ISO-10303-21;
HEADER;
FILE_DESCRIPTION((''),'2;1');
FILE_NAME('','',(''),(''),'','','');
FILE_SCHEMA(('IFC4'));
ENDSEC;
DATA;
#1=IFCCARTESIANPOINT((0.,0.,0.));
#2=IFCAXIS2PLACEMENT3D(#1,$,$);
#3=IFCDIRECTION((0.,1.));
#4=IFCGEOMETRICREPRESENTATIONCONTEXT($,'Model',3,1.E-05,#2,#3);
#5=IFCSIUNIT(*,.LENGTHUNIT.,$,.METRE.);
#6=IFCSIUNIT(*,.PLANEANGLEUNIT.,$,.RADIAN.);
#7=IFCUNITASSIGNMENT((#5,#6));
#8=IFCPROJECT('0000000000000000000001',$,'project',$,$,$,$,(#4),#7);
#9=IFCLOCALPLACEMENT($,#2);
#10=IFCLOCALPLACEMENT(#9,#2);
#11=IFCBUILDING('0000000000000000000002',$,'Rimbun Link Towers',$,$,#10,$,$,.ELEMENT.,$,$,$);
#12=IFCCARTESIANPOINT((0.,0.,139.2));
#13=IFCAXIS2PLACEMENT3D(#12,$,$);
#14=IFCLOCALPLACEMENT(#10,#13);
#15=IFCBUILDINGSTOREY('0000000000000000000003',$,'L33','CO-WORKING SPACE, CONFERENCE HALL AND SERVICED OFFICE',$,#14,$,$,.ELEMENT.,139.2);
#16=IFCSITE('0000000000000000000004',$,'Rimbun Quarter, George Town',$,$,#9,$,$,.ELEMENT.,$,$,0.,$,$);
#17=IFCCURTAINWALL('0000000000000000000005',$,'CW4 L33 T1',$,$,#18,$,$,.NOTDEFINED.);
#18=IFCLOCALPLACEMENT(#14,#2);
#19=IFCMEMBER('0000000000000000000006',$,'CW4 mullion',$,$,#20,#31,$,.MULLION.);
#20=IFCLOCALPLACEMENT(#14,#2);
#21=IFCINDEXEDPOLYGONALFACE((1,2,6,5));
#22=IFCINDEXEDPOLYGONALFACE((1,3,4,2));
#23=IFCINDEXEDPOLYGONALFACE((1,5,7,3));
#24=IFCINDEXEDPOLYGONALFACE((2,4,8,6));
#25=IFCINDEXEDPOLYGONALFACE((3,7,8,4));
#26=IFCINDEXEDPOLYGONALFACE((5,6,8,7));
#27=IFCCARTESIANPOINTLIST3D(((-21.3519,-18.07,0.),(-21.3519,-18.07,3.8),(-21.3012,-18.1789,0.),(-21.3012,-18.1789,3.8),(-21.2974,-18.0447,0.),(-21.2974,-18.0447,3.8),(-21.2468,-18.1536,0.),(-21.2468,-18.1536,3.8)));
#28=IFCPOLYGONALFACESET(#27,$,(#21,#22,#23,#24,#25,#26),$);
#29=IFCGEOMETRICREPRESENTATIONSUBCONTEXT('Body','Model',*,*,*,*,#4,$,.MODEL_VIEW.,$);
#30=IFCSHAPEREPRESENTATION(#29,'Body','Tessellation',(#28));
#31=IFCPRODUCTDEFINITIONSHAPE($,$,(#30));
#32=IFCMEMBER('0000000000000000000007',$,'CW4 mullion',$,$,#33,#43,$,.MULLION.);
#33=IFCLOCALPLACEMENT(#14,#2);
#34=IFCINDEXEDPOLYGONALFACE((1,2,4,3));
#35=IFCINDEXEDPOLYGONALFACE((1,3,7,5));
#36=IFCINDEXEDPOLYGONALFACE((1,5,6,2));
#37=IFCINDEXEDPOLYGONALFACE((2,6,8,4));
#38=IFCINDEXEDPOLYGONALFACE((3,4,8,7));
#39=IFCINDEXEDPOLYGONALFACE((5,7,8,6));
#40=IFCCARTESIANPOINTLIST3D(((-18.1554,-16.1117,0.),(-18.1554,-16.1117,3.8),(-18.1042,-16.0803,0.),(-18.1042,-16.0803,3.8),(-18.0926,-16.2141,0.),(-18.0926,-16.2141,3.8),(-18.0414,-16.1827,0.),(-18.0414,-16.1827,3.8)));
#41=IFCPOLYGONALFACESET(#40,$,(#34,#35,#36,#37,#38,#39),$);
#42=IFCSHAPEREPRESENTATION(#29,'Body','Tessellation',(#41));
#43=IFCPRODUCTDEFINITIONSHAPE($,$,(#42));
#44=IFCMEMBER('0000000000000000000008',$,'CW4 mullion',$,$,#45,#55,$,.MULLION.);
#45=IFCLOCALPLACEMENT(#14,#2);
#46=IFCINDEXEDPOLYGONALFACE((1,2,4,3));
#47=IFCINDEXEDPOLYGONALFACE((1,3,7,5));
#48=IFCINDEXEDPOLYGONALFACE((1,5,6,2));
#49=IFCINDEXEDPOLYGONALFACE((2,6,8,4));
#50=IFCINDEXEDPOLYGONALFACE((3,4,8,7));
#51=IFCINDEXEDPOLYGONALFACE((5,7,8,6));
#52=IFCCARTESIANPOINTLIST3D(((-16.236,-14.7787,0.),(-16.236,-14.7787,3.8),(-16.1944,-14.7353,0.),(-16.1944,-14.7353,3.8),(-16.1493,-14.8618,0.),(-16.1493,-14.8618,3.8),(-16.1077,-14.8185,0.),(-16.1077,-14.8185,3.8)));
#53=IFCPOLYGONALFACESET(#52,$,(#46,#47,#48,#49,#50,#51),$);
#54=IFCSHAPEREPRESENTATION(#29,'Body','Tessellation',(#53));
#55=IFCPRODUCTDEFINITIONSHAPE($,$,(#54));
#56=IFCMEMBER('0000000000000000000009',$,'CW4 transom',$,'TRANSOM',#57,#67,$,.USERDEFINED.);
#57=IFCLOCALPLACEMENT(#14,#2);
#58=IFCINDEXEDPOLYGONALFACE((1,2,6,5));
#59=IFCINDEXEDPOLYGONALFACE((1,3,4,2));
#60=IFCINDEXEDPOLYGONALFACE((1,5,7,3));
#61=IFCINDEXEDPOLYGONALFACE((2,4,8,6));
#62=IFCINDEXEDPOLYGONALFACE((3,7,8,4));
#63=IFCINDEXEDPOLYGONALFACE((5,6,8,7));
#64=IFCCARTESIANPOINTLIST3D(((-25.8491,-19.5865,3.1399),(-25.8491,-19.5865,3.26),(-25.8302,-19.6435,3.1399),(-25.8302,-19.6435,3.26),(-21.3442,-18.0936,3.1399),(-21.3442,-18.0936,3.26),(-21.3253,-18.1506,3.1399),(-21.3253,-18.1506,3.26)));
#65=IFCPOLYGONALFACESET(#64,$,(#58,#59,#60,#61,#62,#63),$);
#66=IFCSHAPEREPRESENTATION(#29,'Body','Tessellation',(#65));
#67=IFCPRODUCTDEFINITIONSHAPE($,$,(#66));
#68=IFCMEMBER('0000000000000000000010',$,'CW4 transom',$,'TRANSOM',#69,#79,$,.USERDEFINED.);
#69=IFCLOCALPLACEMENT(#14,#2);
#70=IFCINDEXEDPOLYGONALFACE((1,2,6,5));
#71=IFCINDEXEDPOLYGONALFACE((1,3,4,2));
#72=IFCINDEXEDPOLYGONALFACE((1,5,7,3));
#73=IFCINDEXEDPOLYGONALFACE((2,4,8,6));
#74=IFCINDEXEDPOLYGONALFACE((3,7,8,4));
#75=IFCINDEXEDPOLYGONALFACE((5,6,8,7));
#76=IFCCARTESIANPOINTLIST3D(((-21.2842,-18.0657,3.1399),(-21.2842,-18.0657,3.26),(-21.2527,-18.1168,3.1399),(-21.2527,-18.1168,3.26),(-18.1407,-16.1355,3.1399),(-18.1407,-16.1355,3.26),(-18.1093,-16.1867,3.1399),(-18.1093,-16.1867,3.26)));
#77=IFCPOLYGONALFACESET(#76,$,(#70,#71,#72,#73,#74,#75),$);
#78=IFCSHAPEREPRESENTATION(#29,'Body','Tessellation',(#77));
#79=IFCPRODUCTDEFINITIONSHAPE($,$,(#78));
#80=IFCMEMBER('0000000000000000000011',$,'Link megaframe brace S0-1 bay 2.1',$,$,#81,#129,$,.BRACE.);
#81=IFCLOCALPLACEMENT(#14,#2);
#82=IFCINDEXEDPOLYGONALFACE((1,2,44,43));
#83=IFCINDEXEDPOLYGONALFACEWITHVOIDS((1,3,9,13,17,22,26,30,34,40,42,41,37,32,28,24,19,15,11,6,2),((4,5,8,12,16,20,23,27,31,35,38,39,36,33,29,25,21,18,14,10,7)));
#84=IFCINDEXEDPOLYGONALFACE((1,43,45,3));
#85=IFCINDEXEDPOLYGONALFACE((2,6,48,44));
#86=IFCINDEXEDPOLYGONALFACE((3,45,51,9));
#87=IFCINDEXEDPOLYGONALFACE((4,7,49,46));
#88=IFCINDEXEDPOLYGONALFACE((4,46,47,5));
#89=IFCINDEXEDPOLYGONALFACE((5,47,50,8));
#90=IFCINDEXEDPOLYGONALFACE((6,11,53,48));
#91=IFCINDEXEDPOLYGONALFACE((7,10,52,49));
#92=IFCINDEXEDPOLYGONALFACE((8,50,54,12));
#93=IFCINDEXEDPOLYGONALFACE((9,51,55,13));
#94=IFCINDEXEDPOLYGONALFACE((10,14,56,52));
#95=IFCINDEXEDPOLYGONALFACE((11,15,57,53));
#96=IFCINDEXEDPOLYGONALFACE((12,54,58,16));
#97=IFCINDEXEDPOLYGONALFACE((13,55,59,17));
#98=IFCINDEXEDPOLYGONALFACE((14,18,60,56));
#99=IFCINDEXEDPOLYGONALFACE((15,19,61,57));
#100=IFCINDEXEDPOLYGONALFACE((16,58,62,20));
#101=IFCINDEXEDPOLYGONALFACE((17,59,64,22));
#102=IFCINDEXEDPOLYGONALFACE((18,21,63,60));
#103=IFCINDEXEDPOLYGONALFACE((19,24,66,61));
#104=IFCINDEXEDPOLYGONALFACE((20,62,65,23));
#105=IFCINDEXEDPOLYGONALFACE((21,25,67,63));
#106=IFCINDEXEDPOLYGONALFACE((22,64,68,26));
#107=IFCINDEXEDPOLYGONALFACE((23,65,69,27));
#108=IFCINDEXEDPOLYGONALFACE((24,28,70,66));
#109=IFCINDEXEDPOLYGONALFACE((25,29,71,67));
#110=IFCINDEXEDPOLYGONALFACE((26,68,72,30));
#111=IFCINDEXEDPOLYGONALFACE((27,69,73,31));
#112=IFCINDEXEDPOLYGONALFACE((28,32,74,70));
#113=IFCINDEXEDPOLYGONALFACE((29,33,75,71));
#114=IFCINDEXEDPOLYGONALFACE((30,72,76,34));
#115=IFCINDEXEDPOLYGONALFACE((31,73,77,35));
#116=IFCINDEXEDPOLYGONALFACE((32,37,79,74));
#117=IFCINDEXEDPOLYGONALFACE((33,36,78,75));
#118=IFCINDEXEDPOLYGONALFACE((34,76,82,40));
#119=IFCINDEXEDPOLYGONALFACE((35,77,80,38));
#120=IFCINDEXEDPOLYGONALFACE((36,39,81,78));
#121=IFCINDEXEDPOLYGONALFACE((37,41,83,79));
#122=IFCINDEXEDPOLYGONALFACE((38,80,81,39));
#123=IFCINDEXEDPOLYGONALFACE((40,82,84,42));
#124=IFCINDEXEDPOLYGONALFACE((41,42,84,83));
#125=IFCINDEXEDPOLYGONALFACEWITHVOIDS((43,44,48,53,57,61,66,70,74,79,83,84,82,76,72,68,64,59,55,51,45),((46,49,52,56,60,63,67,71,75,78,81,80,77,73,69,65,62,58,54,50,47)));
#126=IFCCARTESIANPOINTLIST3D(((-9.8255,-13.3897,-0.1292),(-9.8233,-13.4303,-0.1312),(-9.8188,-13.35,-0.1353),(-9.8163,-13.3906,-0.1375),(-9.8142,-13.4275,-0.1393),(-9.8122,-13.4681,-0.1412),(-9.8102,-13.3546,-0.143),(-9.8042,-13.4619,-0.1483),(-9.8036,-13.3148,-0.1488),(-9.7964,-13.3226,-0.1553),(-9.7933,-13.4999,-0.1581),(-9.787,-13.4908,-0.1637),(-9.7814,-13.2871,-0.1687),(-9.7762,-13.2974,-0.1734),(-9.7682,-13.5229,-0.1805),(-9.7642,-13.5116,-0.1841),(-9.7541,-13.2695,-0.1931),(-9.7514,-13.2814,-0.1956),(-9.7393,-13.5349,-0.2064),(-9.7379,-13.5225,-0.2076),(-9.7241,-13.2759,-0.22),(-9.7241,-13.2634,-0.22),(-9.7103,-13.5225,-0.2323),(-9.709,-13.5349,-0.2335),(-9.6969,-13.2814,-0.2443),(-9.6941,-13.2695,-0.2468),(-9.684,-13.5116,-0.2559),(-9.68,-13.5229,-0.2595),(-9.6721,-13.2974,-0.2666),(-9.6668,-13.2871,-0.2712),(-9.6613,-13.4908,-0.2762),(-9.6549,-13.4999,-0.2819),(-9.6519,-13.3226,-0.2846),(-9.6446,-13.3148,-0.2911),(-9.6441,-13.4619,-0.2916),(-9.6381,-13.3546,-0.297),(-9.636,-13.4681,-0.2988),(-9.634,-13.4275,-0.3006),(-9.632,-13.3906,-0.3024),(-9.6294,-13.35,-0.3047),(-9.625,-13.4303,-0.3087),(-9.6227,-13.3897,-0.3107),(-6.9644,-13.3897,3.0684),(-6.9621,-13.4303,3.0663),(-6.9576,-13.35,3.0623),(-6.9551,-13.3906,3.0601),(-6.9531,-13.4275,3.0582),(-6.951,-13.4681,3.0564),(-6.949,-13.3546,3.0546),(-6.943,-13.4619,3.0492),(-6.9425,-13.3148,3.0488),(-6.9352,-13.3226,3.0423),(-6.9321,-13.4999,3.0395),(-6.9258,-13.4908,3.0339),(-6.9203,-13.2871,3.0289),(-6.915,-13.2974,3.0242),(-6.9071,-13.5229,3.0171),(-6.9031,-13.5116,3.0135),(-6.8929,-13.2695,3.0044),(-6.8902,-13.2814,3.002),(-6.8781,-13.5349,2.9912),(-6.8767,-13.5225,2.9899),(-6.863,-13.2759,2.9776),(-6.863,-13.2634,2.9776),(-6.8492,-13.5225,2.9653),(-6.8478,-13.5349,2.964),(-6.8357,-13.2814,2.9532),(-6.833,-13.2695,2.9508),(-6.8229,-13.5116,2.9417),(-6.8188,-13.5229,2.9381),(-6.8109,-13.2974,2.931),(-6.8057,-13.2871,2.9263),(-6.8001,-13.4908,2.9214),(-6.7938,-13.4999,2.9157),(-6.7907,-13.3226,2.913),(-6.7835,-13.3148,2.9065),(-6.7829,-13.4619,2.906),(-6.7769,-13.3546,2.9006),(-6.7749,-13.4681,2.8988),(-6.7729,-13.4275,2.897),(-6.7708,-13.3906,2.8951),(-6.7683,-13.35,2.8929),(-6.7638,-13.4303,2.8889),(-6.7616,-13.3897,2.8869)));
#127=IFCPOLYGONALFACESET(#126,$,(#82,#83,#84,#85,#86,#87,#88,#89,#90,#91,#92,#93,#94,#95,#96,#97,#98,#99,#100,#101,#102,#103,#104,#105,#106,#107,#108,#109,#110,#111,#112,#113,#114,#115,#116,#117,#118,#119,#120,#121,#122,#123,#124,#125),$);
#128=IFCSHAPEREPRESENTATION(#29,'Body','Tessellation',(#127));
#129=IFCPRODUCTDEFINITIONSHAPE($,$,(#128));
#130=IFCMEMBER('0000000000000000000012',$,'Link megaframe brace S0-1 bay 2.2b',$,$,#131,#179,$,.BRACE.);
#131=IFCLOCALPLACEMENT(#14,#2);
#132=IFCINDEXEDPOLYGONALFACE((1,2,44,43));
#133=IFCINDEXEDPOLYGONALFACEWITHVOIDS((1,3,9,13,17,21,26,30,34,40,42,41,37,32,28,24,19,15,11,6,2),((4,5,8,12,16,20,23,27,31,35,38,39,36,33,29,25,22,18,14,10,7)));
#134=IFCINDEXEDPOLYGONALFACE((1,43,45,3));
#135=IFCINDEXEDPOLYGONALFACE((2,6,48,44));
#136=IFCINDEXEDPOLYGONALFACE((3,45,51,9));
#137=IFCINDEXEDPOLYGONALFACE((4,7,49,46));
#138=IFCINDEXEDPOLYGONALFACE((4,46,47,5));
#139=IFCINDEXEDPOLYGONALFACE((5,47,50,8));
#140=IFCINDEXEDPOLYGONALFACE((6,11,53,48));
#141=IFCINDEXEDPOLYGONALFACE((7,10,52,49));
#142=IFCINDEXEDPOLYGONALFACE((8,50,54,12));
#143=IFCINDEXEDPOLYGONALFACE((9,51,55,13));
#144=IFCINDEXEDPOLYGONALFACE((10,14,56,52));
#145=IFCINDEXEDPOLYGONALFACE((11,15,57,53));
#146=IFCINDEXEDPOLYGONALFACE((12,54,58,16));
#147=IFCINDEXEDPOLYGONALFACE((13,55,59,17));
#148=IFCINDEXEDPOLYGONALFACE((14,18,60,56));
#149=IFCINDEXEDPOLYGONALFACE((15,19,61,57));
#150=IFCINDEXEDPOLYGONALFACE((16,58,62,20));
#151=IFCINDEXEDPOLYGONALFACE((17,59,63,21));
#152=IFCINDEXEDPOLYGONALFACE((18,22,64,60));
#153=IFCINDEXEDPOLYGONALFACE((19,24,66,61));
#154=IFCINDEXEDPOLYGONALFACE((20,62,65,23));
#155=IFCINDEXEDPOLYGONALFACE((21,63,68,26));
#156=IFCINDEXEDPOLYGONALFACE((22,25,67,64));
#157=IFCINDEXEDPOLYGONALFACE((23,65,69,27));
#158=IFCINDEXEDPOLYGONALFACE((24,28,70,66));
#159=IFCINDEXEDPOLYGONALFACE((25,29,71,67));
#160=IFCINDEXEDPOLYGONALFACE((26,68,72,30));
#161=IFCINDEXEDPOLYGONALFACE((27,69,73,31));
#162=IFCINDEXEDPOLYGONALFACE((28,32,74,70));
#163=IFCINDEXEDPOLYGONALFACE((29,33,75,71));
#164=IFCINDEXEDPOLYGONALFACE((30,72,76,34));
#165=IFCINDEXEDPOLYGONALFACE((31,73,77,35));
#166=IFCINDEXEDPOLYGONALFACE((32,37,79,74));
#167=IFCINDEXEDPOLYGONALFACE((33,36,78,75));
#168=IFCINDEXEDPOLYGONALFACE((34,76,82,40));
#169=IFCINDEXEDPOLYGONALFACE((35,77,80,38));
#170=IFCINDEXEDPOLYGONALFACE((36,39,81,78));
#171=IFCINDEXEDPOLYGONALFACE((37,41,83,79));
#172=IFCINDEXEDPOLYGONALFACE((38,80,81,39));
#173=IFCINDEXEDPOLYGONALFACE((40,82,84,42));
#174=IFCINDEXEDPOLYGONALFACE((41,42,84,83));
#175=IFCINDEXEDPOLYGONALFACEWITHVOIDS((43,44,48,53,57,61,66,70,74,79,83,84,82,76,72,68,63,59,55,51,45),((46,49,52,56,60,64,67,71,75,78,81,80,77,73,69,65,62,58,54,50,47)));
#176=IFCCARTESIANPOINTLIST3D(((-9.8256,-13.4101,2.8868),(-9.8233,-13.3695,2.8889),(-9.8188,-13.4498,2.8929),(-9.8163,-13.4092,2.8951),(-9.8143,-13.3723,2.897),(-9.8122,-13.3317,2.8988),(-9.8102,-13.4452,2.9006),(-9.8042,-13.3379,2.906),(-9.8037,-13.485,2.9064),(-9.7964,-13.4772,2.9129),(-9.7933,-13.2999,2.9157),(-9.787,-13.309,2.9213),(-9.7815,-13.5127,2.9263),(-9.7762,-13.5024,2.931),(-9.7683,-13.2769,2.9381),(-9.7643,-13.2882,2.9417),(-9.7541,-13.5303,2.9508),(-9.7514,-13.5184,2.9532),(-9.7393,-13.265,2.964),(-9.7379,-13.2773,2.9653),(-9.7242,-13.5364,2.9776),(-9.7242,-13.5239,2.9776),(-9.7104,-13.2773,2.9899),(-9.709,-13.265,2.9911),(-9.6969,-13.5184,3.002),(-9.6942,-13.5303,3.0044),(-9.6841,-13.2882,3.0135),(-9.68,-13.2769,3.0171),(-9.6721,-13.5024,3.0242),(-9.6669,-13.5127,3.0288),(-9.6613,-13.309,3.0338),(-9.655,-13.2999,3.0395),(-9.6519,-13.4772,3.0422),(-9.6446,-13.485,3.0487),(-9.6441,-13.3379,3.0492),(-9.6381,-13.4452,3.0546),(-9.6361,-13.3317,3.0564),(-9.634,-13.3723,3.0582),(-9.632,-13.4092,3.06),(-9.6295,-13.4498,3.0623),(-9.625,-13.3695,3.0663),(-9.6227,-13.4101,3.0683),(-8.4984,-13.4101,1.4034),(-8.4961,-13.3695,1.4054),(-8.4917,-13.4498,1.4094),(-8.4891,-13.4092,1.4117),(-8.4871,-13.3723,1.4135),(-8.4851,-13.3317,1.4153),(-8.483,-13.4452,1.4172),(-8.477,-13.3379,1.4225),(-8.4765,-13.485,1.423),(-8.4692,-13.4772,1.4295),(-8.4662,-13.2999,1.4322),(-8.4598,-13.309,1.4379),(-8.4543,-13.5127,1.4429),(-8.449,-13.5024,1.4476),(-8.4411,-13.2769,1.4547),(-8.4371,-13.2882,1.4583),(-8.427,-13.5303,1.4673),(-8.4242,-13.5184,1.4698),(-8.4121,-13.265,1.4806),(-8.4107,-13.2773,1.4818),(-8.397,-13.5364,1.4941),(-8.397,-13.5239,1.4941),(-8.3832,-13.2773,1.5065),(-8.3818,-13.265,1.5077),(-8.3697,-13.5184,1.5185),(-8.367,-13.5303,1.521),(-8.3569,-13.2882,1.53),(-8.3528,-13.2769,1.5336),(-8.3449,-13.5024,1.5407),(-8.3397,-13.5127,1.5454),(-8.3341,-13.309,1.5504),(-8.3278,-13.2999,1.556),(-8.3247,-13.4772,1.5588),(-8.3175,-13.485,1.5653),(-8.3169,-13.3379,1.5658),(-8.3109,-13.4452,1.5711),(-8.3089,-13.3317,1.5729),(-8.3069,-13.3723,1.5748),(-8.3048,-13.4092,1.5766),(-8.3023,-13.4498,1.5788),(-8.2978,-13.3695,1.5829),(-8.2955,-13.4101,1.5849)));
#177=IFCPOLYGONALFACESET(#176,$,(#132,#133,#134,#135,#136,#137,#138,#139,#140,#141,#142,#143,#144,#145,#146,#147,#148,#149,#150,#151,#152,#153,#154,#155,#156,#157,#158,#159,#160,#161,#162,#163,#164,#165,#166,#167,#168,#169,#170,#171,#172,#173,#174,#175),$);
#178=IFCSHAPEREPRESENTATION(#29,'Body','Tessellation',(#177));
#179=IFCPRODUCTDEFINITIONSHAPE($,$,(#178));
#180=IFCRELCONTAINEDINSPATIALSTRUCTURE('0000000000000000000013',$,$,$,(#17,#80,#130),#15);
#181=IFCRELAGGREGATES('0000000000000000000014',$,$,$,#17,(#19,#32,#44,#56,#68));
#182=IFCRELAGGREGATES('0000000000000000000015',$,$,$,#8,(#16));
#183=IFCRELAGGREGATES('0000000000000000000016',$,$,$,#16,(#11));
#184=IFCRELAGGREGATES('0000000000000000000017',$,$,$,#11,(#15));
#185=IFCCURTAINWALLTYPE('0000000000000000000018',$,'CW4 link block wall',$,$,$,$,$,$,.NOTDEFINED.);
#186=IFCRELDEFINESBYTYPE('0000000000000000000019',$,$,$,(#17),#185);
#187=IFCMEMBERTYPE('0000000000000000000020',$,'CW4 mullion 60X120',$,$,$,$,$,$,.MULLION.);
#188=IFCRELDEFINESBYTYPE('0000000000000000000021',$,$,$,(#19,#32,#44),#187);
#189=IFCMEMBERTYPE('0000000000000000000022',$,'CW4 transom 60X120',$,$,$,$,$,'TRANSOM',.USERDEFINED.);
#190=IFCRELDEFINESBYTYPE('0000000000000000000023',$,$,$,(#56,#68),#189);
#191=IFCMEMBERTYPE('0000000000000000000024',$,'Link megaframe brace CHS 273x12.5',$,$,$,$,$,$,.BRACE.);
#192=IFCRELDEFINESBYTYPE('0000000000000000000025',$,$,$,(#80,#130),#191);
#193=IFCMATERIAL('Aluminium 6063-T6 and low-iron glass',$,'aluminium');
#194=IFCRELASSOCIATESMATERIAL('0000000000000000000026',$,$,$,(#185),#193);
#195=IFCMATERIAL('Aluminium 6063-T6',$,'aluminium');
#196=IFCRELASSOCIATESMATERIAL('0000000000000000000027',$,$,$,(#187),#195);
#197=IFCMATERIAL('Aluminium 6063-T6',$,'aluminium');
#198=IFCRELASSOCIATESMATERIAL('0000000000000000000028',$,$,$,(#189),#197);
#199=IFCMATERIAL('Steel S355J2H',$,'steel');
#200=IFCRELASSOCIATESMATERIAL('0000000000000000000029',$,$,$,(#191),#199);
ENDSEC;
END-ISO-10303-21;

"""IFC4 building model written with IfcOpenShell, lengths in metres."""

from ifc_helpers import new_model, si_unit, direction, frame, origin, origin_2d, place, context, subcontext, project, spatial, rectangle, hollow_circle, extrude, material, material_profile, profile_set, type_object, element, aggregate, save


model = new_model("IFC4")

# Units and contexts
model_context = context("Model", 3, precision=1e-05, world=origin(), true_north=direction((0.0, 1.0)))
body_context = subcontext(model_context, "Body", "Model", "MODEL_VIEW")
ifc_project = project(units=[si_unit("LENGTHUNIT", "METRE"), si_unit("PLANEANGLEUNIT", "RADIAN")], contexts=[model_context])

# Site, building, storey
site_placement = place(None, origin())
site = spatial("IfcSite", under=ifc_project, at=site_placement, Name="Rimbun Quarter, George Town", CompositionType="ELEMENT", RefElevation=0.0)
building_placement = place(site_placement, origin())
building = spatial("IfcBuilding", under=site, at=building_placement, Name="Rimbun Link Towers", CompositionType="ELEMENT")
storey_placement = place(building_placement, frame((0.0, 0.0, 139.2)))
storey = spatial("IfcBuildingStorey", under=building, at=storey_placement, Name="L33", Description="CO-WORKING SPACE, CONFERENCE HALL AND SERVICED OFFICE", CompositionType="ELEMENT", Elevation=139.2)

# Curtain wall, members
ifc_material_1 = material(Name="Aluminium 6063-T6 and low-iron glass", Category="aluminium")
curtain_wall_type = type_object("IfcCurtainWallType", Name="CW4 link block wall", PredefinedType="NOTDEFINED", material=ifc_material_1)
curtain_wall_placement = place(storey_placement, origin())
curtain_wall = element("IfcCurtainWall", 1, at=curtain_wall_placement, inside=storey, type_object=curtain_wall_type, Name="CW4 L33 T1", PredefinedType="NOTDEFINED")
ifc_material_2 = material(Name="Aluminium 6063-T6", Category="aluminium")
ifc_material_profile_1 = material_profile(ifc_material_2, rectangle(XDim=0.1201, YDim=0.0601, at=origin_2d()), Name="MULLION 60X120")
ifc_profile_set_1 = profile_set([ifc_material_profile_1], Name="Aluminium 6063-T6")
member_type_1 = type_object("IfcMemberType", Name="CW4 mullion 60X120", PredefinedType="MULLION", material=ifc_profile_set_1)
member_1_placement = place(storey_placement, frame((-21.2993, -18.1118, 0.0), z_axis=(0.0, 0.0, 1.0), x_axis=(0.421697, -0.906737, 0.0)))
member_1 = element("IfcMember", 2, at=member_1_placement, type_object=member_type_1, Name="CW4 mullion", PredefinedType="MULLION", context=body_context, shape_type="SweptSolid", body=[
    extrude(rectangle(XDim=0.1201, YDim=0.0601, at=origin_2d()), origin(), (0.0, 0.0, 1.0), 3.8),
])
member_2_placement = place(storey_placement, frame((-18.0984, -16.1472, 0.0), z_axis=(0.0, 0.0, 1.0), x_axis=(0.523225, -0.852194, 0.0)))
member_2 = element("IfcMember", 3, at=member_2_placement, type_object=member_type_1, Name="CW4 mullion", PredefinedType="MULLION", context=body_context, shape_type="SweptSolid", body=[
    extrude(rectangle(XDim=0.1201, YDim=0.0601, at=origin_2d()), origin(), (0.0, 0.0, 1.0), 3.8),
])
member_3_placement = place(storey_placement, frame((-16.1719, -14.7986, 0.0), z_axis=(0.0, 0.0, 1.0), x_axis=(0.721858, -0.692041, 0.0)))
member_3 = element("IfcMember", 4, at=member_3_placement, type_object=member_type_1, Name="CW4 mullion", PredefinedType="MULLION", context=body_context, shape_type="SweptSolid", body=[
    extrude(rectangle(XDim=0.1201, YDim=0.0601, at=origin_2d()), origin(), (0.0, 0.0, 1.0), 3.8),
])
ifc_material_3 = material(Name="Aluminium 6063-T6", Category="aluminium")
ifc_material_profile_2 = material_profile(ifc_material_3, rectangle(XDim=0.0601, YDim=0.1201, at=origin_2d()), Name="TRANSOM 60X120")
ifc_profile_set_2 = profile_set([ifc_material_profile_2], Name="Aluminium 6063-T6")
member_type_2 = type_object("IfcMemberType", Name="CW4 transom 60X120", ElementType="TRANSOM", PredefinedType="USERDEFINED", material=ifc_profile_set_2)
member_4_placement = place(storey_placement, frame((-21.3347, -18.1221, 3.2), z_axis=(-0.949232, -0.314576, 0.0), x_axis=(0.314576, -0.949232, 0.0)))
member_4 = element("IfcMember", 5, at=member_4_placement, type_object=member_type_2, Name="CW4 transom", ObjectType="TRANSOM", PredefinedType="USERDEFINED", context=body_context, shape_type="SweptSolid", body=[
    extrude(rectangle(XDim=0.0601, YDim=0.1201, at=origin_2d()), origin(), (0.0, 0.0, 1.0), 4.7458),
])
member_5_placement = place(storey_placement, frame((-18.125, -16.1611, 3.2), z_axis=(-0.852181, -0.523248, 0.0), x_axis=(0.523248, -0.852181, 0.0)))
member_5 = element("IfcMember", 6, at=member_5_placement, type_object=member_type_2, Name="CW4 transom", ObjectType="TRANSOM", PredefinedType="USERDEFINED", context=body_context, shape_type="SweptSolid", body=[
    extrude(rectangle(XDim=0.0601, YDim=0.1201, at=origin_2d()), origin(), (0.0, 0.0, 1.0), 3.6887),
])

# Members
ifc_material_4 = material(Name="Steel S355J2H", Category="steel")
ifc_material_profile_3 = material_profile(ifc_material_4, hollow_circle(Radius=0.1365, WallThickness=0.0125, at=origin_2d()), Name="CHS 273x12.5")
ifc_profile_set_3 = profile_set([ifc_material_profile_3], Name="Steel S355J2H")
member_type_3 = type_object("IfcMemberType", Name="Link megaframe brace CHS 273x12.5", PredefinedType="BRACE", material=ifc_profile_set_3)
member_6_placement = place(storey_placement, frame((-9.7241, -13.3999, -0.22), z_axis=(0.666815, 0.0, 0.745223), x_axis=(0.0, 1.0, 0.0)))
element("IfcMember", 7, at=member_6_placement, inside=storey, type_object=member_type_3, Name="Link megaframe brace S0-1 bay 2.1", PredefinedType="BRACE", context=body_context, shape_type="SweptSolid", body=[
    extrude(hollow_circle(Radius=0.1365, WallThickness=0.0125, at=origin_2d()), origin(), (0.0, 0.0, 1.0), 4.2908),
])
member_7_placement = place(storey_placement, frame((-8.397, -13.3999, 1.4941), z_axis=(-0.666766, 0.0, 0.745267), x_axis=(0.0, -1.0, 0.0)))
element("IfcMember", 8, at=member_7_placement, inside=storey, type_object=member_type_3, Name="Link megaframe brace S0-1 bay 2.2b", PredefinedType="BRACE", context=body_context, shape_type="SweptSolid", body=[
    extrude(hollow_circle(Radius=0.1365, WallThickness=0.0125, at=origin_2d()), origin(), (0.0, 0.0, 1.0), 1.9905),
])

aggregate(curtain_wall, [member_1, member_2, member_3, member_4, member_5])

save(model, "model.ifc")
